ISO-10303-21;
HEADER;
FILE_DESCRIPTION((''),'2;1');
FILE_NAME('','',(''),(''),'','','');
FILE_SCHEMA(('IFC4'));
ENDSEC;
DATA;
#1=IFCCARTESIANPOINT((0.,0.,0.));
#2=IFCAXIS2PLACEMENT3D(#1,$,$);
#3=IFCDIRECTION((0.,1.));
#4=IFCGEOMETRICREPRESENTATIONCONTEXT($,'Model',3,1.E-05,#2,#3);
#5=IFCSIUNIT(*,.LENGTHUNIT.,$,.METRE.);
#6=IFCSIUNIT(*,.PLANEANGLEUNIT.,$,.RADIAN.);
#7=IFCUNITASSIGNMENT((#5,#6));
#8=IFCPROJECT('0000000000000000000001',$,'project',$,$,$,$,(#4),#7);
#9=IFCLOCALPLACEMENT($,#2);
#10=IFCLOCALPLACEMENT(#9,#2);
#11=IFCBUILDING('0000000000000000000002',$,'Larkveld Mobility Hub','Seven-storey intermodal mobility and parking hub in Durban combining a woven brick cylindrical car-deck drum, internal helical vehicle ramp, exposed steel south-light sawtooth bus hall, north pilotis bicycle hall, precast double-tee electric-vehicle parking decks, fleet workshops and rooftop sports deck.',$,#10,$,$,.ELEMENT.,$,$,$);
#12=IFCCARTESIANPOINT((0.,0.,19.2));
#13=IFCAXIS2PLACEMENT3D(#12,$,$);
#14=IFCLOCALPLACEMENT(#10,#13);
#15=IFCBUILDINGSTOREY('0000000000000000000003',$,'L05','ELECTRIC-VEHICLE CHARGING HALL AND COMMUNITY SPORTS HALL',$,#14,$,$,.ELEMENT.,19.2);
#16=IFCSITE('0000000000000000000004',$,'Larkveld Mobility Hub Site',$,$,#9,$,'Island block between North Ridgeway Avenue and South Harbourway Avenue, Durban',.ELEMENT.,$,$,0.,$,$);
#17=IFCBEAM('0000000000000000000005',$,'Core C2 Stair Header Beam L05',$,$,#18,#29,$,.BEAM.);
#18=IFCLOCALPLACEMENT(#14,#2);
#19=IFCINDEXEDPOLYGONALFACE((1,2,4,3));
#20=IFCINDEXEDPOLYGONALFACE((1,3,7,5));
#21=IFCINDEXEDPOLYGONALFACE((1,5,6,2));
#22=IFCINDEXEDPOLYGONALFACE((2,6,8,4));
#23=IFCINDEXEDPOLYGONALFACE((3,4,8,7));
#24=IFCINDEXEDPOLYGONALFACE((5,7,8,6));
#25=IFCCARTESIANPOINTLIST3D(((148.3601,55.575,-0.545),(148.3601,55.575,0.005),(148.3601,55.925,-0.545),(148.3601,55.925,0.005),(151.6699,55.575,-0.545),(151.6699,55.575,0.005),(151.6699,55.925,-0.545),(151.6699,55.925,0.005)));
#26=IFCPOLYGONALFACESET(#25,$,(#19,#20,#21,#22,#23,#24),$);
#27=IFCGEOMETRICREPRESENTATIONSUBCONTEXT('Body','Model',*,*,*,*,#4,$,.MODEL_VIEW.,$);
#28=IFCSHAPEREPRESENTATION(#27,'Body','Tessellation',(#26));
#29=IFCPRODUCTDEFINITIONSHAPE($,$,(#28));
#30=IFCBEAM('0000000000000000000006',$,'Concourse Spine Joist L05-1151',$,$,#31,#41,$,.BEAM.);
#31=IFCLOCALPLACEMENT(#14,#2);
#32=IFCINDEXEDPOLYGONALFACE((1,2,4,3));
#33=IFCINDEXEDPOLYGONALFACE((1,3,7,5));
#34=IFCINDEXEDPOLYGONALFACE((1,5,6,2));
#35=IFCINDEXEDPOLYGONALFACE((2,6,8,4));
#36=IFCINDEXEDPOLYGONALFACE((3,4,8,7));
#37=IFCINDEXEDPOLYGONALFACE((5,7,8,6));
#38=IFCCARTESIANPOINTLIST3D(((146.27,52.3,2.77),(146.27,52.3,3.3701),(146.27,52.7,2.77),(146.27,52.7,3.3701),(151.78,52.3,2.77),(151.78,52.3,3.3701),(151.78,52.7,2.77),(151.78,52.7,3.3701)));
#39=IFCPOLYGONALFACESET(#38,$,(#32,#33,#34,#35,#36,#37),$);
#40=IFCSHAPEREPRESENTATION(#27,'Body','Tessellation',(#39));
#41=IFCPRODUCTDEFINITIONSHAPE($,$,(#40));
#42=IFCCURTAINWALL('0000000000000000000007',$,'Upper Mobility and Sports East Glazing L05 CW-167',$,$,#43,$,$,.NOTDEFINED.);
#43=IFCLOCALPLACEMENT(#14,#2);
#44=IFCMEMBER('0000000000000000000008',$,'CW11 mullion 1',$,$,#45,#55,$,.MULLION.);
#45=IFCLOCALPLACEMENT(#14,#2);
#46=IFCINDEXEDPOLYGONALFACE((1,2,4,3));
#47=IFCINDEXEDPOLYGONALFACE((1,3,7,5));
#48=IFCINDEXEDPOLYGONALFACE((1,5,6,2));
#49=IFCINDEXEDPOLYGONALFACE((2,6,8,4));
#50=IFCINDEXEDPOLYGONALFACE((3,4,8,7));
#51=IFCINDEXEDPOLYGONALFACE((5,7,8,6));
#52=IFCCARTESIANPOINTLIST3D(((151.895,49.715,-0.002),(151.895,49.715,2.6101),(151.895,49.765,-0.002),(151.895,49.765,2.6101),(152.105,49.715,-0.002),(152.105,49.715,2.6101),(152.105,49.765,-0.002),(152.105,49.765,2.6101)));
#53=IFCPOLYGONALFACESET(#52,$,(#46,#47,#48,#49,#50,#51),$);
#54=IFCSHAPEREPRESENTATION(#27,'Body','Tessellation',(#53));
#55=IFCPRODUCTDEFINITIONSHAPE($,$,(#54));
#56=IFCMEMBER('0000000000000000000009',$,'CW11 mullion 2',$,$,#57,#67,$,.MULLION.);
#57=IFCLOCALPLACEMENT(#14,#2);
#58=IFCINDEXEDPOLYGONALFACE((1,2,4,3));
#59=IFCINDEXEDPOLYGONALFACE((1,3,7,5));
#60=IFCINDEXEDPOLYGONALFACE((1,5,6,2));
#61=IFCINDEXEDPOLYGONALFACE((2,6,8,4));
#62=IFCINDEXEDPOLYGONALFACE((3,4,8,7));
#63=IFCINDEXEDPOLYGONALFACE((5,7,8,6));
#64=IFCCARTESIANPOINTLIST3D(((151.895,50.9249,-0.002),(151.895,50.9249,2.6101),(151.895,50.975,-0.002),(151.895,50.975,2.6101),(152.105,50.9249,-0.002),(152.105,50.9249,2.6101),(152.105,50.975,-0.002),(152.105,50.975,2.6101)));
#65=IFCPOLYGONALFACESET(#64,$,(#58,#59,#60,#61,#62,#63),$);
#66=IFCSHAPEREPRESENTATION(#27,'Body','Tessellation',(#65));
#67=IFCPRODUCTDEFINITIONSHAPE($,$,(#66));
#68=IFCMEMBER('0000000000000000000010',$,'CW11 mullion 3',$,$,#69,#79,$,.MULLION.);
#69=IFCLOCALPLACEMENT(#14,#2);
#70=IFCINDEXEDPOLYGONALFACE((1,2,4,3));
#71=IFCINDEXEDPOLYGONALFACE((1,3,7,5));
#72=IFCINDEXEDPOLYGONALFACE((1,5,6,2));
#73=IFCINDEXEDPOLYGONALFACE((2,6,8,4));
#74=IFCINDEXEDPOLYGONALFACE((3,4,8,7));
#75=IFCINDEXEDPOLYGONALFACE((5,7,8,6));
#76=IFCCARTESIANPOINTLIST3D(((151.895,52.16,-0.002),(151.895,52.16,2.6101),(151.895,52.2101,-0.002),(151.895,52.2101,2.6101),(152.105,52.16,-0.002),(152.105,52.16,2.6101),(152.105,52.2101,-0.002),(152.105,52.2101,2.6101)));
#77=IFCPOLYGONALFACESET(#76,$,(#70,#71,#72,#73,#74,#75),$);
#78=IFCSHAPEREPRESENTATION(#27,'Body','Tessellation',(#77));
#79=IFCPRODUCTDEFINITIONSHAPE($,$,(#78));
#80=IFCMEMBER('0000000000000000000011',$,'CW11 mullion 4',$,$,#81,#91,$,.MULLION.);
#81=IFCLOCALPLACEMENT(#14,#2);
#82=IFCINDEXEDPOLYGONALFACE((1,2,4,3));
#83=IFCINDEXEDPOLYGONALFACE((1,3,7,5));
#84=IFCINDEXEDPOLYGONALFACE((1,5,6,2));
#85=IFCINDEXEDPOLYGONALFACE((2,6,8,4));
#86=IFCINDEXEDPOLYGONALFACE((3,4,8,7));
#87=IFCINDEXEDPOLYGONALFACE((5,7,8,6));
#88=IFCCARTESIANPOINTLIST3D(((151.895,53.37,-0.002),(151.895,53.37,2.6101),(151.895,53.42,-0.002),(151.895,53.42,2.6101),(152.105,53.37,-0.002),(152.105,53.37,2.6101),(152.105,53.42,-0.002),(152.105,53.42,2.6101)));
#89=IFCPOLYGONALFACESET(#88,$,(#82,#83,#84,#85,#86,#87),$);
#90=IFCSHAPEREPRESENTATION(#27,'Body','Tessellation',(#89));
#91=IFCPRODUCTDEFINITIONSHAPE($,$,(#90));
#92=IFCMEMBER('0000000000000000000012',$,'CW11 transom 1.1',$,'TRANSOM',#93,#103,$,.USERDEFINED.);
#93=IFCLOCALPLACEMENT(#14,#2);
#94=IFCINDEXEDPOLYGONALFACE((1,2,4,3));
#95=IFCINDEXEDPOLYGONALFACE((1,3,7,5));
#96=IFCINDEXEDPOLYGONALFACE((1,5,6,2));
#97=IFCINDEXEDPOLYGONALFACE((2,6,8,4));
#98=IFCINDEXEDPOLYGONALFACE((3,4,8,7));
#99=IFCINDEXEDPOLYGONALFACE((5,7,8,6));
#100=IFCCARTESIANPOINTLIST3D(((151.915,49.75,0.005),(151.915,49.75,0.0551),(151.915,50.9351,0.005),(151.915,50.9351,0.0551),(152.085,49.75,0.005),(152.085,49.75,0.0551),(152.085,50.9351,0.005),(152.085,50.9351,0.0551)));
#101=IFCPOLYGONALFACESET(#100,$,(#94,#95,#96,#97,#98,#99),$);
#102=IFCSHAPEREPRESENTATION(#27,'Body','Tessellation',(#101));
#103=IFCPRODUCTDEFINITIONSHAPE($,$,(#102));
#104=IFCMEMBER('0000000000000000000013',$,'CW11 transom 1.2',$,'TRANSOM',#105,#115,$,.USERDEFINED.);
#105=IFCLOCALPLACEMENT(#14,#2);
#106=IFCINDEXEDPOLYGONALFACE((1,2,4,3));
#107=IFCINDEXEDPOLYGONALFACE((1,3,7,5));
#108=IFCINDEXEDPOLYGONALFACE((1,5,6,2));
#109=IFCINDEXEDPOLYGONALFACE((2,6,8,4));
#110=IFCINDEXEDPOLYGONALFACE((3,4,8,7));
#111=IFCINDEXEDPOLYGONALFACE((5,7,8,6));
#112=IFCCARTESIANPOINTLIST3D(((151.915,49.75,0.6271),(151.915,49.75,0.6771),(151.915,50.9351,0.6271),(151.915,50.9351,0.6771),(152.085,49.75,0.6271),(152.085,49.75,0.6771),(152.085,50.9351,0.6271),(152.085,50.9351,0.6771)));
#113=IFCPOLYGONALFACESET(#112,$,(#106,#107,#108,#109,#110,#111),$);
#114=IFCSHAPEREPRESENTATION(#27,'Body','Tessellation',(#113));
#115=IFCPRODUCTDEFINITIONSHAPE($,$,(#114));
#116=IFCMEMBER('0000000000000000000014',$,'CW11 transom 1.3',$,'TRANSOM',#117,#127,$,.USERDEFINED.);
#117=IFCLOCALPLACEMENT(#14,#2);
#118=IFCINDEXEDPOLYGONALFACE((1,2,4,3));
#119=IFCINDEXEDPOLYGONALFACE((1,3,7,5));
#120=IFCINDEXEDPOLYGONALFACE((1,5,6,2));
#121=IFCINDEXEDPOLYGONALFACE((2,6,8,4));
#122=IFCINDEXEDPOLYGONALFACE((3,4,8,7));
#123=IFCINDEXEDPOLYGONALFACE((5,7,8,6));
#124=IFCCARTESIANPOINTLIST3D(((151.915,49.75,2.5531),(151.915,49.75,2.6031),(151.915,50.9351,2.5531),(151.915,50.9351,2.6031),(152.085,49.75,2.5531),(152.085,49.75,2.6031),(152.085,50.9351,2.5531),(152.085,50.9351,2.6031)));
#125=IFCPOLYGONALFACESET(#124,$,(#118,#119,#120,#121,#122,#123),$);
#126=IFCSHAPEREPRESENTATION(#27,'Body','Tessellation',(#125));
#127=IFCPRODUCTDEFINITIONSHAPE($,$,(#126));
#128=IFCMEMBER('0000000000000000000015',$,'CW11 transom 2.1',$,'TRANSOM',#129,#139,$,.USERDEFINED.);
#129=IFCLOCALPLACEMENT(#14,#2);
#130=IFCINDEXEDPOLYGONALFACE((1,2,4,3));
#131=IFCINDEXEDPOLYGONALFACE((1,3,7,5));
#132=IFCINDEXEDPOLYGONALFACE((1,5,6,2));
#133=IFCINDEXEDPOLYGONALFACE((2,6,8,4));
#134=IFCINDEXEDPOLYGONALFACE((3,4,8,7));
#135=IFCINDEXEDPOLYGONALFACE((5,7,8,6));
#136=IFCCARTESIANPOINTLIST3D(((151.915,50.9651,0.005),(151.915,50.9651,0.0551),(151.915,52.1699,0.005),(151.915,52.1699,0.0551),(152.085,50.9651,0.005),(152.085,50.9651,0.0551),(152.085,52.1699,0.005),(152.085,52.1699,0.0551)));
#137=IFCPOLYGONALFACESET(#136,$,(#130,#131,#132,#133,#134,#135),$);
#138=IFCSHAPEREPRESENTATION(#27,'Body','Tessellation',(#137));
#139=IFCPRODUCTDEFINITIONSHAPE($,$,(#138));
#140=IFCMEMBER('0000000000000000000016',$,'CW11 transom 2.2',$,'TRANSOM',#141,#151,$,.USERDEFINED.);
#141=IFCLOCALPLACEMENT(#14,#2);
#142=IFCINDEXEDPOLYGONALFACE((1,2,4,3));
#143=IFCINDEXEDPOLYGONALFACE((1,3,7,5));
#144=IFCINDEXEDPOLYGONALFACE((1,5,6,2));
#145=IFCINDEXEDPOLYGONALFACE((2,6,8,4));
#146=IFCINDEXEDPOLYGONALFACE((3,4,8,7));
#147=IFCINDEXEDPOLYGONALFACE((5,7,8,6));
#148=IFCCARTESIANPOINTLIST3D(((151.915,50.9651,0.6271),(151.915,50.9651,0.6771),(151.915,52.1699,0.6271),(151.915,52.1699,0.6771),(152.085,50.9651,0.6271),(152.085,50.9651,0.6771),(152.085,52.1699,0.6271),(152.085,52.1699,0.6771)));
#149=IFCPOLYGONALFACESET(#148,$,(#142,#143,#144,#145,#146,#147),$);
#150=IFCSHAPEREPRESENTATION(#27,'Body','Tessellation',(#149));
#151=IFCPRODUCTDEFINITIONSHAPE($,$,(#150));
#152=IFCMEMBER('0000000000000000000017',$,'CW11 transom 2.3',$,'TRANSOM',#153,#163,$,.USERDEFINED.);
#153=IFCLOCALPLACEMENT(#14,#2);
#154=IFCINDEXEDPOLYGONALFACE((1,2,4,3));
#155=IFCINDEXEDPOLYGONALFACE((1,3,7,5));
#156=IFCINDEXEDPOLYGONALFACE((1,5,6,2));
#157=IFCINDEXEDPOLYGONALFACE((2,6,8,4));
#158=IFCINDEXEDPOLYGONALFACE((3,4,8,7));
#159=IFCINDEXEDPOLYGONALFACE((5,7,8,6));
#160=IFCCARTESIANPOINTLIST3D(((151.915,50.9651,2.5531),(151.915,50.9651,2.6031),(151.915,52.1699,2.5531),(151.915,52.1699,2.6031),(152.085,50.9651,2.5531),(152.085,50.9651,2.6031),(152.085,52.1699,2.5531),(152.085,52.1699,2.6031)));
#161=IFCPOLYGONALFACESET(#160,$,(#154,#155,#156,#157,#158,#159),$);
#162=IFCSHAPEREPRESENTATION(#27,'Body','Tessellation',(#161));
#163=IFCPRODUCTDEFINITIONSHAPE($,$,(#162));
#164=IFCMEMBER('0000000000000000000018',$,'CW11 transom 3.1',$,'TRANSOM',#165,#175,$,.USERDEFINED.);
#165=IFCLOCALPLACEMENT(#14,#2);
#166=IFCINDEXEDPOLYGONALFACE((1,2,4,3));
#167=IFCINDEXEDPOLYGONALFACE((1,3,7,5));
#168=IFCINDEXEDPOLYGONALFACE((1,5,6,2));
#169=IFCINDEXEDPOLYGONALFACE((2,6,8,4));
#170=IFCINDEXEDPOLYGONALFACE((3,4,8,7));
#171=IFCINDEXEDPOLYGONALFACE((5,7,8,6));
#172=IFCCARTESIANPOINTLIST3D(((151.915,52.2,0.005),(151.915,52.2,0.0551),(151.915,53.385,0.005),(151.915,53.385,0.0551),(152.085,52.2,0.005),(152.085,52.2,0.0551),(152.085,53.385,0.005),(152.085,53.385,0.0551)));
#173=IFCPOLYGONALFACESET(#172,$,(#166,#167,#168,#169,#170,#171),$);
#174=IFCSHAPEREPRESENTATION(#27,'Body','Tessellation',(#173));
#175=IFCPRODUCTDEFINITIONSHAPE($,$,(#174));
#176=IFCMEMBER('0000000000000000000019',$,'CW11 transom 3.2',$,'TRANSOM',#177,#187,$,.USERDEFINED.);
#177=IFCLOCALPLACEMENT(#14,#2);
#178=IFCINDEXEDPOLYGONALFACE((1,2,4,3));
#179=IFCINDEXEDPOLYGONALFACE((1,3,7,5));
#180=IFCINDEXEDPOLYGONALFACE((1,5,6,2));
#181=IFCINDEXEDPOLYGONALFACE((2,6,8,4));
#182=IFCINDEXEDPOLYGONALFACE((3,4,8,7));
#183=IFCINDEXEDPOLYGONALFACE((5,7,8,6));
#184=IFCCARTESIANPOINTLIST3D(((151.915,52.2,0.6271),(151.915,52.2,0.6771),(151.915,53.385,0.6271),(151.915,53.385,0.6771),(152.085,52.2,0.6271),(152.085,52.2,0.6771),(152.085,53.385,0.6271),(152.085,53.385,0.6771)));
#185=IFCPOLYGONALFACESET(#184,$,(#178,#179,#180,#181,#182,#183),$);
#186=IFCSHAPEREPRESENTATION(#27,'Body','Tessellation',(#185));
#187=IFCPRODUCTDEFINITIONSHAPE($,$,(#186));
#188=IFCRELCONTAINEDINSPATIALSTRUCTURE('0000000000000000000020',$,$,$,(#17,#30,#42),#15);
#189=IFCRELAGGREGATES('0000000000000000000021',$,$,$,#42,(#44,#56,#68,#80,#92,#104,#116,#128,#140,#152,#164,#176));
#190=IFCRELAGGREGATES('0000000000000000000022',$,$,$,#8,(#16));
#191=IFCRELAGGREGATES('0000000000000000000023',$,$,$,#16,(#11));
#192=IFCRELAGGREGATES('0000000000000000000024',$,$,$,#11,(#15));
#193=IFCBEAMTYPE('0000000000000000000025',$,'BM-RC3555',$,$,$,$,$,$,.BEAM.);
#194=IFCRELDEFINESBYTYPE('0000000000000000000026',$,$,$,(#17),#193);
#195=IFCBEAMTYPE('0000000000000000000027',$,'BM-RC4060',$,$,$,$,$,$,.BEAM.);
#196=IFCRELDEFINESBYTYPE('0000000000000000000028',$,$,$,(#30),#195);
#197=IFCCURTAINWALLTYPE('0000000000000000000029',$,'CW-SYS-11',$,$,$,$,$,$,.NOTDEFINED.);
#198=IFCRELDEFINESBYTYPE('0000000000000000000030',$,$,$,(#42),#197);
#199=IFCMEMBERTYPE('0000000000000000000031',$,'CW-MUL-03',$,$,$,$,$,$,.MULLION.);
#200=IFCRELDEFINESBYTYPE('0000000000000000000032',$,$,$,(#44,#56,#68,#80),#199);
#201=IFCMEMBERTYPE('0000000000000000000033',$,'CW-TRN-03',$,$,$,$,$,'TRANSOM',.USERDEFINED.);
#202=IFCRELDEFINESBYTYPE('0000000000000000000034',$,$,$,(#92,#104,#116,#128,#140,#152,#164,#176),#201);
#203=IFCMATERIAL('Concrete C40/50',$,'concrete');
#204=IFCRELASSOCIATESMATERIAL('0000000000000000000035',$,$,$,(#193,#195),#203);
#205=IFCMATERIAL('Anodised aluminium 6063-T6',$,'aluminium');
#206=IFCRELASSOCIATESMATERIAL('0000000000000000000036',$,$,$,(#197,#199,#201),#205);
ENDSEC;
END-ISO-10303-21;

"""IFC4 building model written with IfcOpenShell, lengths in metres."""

from ifc_helpers import new_model, si_unit, direction, frame, origin, origin_2d, place, context, subcontext, project, spatial, rectangle, extrude, material, material_profile, profile_set, type_object, element, aggregate, save


model = new_model("IFC4")

# Units and contexts
model_context = context("Model", 3, precision=1e-05, world=origin(), true_north=direction((0.0, 1.0)))
body_context = subcontext(model_context, "Body", "Model", "MODEL_VIEW")
ifc_project = project(units=[si_unit("LENGTHUNIT", "METRE"), si_unit("PLANEANGLEUNIT", "RADIAN")], contexts=[model_context])

# Site, building, storey
site_placement = place(None, origin())
site = spatial("IfcSite", under=ifc_project, at=site_placement, Name="Larkveld Mobility Hub Site", LongName="Island block between North Ridgeway Avenue and South Harbourway Avenue, Durban", CompositionType="ELEMENT", RefElevation=0.0)
building_placement = place(site_placement, origin())
building = spatial("IfcBuilding", under=site, at=building_placement, Name="Larkveld Mobility Hub", Description="Seven-storey intermodal mobility and parking hub in Durban combining a woven brick cylindrical car-deck drum, internal helical vehicle ramp, exposed steel south-light sawtooth bus hall, north pilotis bicycle hall, precast double-tee electric-vehicle parking decks, fleet workshops and rooftop sports deck.", CompositionType="ELEMENT")
storey_placement = place(building_placement, frame((0.0, 0.0, 19.2)))
storey = spatial("IfcBuildingStorey", under=building, at=storey_placement, Name="L05", Description="ELECTRIC-VEHICLE CHARGING HALL AND COMMUNITY SPORTS HALL", CompositionType="ELEMENT", Elevation=19.2)

# Beams
ifc_material_1 = material(Name="Concrete C40/50", Category="concrete")
ifc_material_profile_1 = material_profile(ifc_material_1, rectangle(XDim=0.3501, YDim=0.55, at=origin_2d()), Name="RC BM 350x550")
ifc_profile_set_1 = profile_set([ifc_material_profile_1], Name="Concrete C40/50")
beam_type_1 = type_object("IfcBeamType", Name="BM-RC3555", PredefinedType="BEAM", material=ifc_profile_set_1)
beam_1_placement = place(storey_placement, frame((148.3601, 55.75, -0.27), z_axis=(1.0, 0.0, 0.0), x_axis=(0.0, 1.0, 0.0)))
element("IfcBeam", 1, at=beam_1_placement, inside=storey, type_object=beam_type_1, Name="Core C2 Stair Header Beam L05", PredefinedType="BEAM", context=body_context, shape_type="SweptSolid", body=[
    extrude(rectangle(XDim=0.3501, YDim=0.55, at=origin_2d()), origin(), (0.0, 0.0, 1.0), 3.3098),
])
ifc_material_profile_2 = material_profile(ifc_material_1, rectangle(XDim=0.3999, YDim=0.6001, at=origin_2d()), Name="RC BM 400x600")
ifc_profile_set_2 = profile_set([ifc_material_profile_2], Name="Concrete C40/50")
beam_type_2 = type_object("IfcBeamType", Name="BM-RC4060", PredefinedType="BEAM", material=ifc_profile_set_2)
beam_2_placement = place(storey_placement, frame((146.27, 52.5, 3.0701), z_axis=(1.0, 0.0, 0.0), x_axis=(0.0, 1.0, 0.0)))
element("IfcBeam", 2, at=beam_2_placement, inside=storey, type_object=beam_type_2, Name="Concourse Spine Joist L05-1151", PredefinedType="BEAM", context=body_context, shape_type="SweptSolid", body=[
    extrude(rectangle(XDim=0.3999, YDim=0.6001, at=origin_2d()), origin(), (0.0, 0.0, 1.0), 5.51),
])

# Curtain wall, members
ifc_material_2 = material(Name="Anodised aluminium 6063-T6", Category="aluminium")
curtain_wall_type = type_object("IfcCurtainWallType", Name="CW-SYS-11", PredefinedType="NOTDEFINED", material=ifc_material_2)
curtain_wall_placement = place(storey_placement, origin())
curtain_wall = element("IfcCurtainWall", 3, at=curtain_wall_placement, inside=storey, type_object=curtain_wall_type, Name="Upper Mobility and Sports East Glazing L05 CW-167", PredefinedType="NOTDEFINED")
ifc_material_profile_3 = material_profile(ifc_material_2, rectangle(XDim=0.05, YDim=0.21, at=origin_2d()), Name="ALU MULL 50x210")
ifc_profile_set_3 = profile_set([ifc_material_profile_3], Name="Anodised aluminium 6063-T6")
member_type_1 = type_object("IfcMemberType", Name="CW-MUL-03", PredefinedType="MULLION", material=ifc_profile_set_3)
member_1_placement = place(storey_placement, frame((152.0, 49.74, -0.002), z_axis=(0.0, 0.0, 1.0), x_axis=(0.0, 1.0, 0.0)))
member_1 = element("IfcMember", 4, at=member_1_placement, type_object=member_type_1, Name="CW11 mullion 1", PredefinedType="MULLION", context=body_context, shape_type="SweptSolid", body=[
    extrude(rectangle(XDim=0.05, YDim=0.21, at=origin_2d()), origin(), (0.0, 0.0, 1.0), 2.6121),
])
member_2_placement = place(storey_placement, frame((152.0, 50.95, -0.002), z_axis=(0.0, 0.0, 1.0), x_axis=(0.0, 1.0, 0.0)))
member_2 = element("IfcMember", 5, at=member_2_placement, type_object=member_type_1, Name="CW11 mullion 2", PredefinedType="MULLION", context=body_context, shape_type="SweptSolid", body=[
    extrude(rectangle(XDim=0.05, YDim=0.21, at=origin_2d()), origin(), (0.0, 0.0, 1.0), 2.6121),
])
member_3_placement = place(storey_placement, frame((152.0, 52.1851, -0.002), z_axis=(0.0, 0.0, 1.0), x_axis=(0.0, 1.0, 0.0)))
member_3 = element("IfcMember", 6, at=member_3_placement, type_object=member_type_1, Name="CW11 mullion 3", PredefinedType="MULLION", context=body_context, shape_type="SweptSolid", body=[
    extrude(rectangle(XDim=0.05, YDim=0.21, at=origin_2d()), origin(), (0.0, 0.0, 1.0), 2.6121),
])
member_4_placement = place(storey_placement, frame((152.0, 53.395, -0.002), z_axis=(0.0, 0.0, 1.0), x_axis=(0.0, 1.0, 0.0)))
member_4 = element("IfcMember", 7, at=member_4_placement, type_object=member_type_1, Name="CW11 mullion 4", PredefinedType="MULLION", context=body_context, shape_type="SweptSolid", body=[
    extrude(rectangle(XDim=0.05, YDim=0.21, at=origin_2d()), origin(), (0.0, 0.0, 1.0), 2.6121),
])
ifc_material_profile_4 = material_profile(ifc_material_2, rectangle(XDim=0.1699, YDim=0.05, at=origin_2d()), Name="ALU TRAN 50x170")
ifc_profile_set_4 = profile_set([ifc_material_profile_4], Name="Anodised aluminium 6063-T6")
member_type_2 = type_object("IfcMemberType", Name="CW-TRN-03", ElementType="TRANSOM", PredefinedType="USERDEFINED", material=ifc_profile_set_4)
member_5_placement = place(storey_placement, frame((152.0, 49.75, 0.03), z_axis=(0.0, 1.0, 0.0), x_axis=(-1.0, 0.0, 0.0)))
member_5 = element("IfcMember", 8, at=member_5_placement, type_object=member_type_2, Name="CW11 transom 1.1", ObjectType="TRANSOM", PredefinedType="USERDEFINED", context=body_context, shape_type="SweptSolid", body=[
    extrude(rectangle(XDim=0.1699, YDim=0.05, at=origin_2d()), origin(), (0.0, 0.0, 1.0), 1.1851),
])
member_6_placement = place(storey_placement, frame((152.0, 49.75, 0.6521), z_axis=(0.0, 1.0, 0.0), x_axis=(-1.0, 0.0, 0.0)))
member_6 = element("IfcMember", 9, at=member_6_placement, type_object=member_type_2, Name="CW11 transom 1.2", ObjectType="TRANSOM", PredefinedType="USERDEFINED", context=body_context, shape_type="SweptSolid", body=[
    extrude(rectangle(XDim=0.1699, YDim=0.05, at=origin_2d()), origin(), (0.0, 0.0, 1.0), 1.1851),
])
member_7_placement = place(storey_placement, frame((152.0, 49.75, 2.5781), z_axis=(0.0, 1.0, 0.0), x_axis=(-1.0, 0.0, 0.0)))
member_7 = element("IfcMember", 10, at=member_7_placement, type_object=member_type_2, Name="CW11 transom 1.3", ObjectType="TRANSOM", PredefinedType="USERDEFINED", context=body_context, shape_type="SweptSolid", body=[
    extrude(rectangle(XDim=0.1699, YDim=0.05, at=origin_2d()), origin(), (0.0, 0.0, 1.0), 1.1851),
])
member_8_placement = place(storey_placement, frame((152.0, 50.9651, 0.03), z_axis=(0.0, 1.0, 0.0), x_axis=(-1.0, 0.0, 0.0)))
member_8 = element("IfcMember", 11, at=member_8_placement, type_object=member_type_2, Name="CW11 transom 2.1", ObjectType="TRANSOM", PredefinedType="USERDEFINED", context=body_context, shape_type="SweptSolid", body=[
    extrude(rectangle(XDim=0.1699, YDim=0.05, at=origin_2d()), origin(), (0.0, 0.0, 1.0), 1.2048),
])
member_9_placement = place(storey_placement, frame((152.0, 50.9651, 0.6521), z_axis=(0.0, 1.0, 0.0), x_axis=(-1.0, 0.0, 0.0)))
member_9 = element("IfcMember", 12, at=member_9_placement, type_object=member_type_2, Name="CW11 transom 2.2", ObjectType="TRANSOM", PredefinedType="USERDEFINED", context=body_context, shape_type="SweptSolid", body=[
    extrude(rectangle(XDim=0.1699, YDim=0.05, at=origin_2d()), origin(), (0.0, 0.0, 1.0), 1.2048),
])
member_10_placement = place(storey_placement, frame((152.0, 50.9651, 2.5781), z_axis=(0.0, 1.0, 0.0), x_axis=(-1.0, 0.0, 0.0)))
member_10 = element("IfcMember", 13, at=member_10_placement, type_object=member_type_2, Name="CW11 transom 2.3", ObjectType="TRANSOM", PredefinedType="USERDEFINED", context=body_context, shape_type="SweptSolid", body=[
    extrude(rectangle(XDim=0.1699, YDim=0.05, at=origin_2d()), origin(), (0.0, 0.0, 1.0), 1.2048),
])
member_11_placement = place(storey_placement, frame((152.0, 52.2, 0.03), z_axis=(0.0, 1.0, 0.0), x_axis=(-1.0, 0.0, 0.0)))
member_11 = element("IfcMember", 14, at=member_11_placement, type_object=member_type_2, Name="CW11 transom 3.1", ObjectType="TRANSOM", PredefinedType="USERDEFINED", context=body_context, shape_type="SweptSolid", body=[
    extrude(rectangle(XDim=0.1699, YDim=0.05, at=origin_2d()), origin(), (0.0, 0.0, 1.0), 1.1851),
])
member_12_placement = place(storey_placement, frame((152.0, 52.2, 0.6521), z_axis=(0.0, 1.0, 0.0), x_axis=(-1.0, 0.0, 0.0)))
member_12 = element("IfcMember", 15, at=member_12_placement, type_object=member_type_2, Name="CW11 transom 3.2", ObjectType="TRANSOM", PredefinedType="USERDEFINED", context=body_context, shape_type="SweptSolid", body=[
    extrude(rectangle(XDim=0.1699, YDim=0.05, at=origin_2d()), origin(), (0.0, 0.0, 1.0), 1.1851),
])
aggregate(curtain_wall, [member_1, member_2, member_3, member_4, member_5, member_6, member_7, member_8, member_9, member_10, member_11, member_12])

save(model, "model.ifc")
